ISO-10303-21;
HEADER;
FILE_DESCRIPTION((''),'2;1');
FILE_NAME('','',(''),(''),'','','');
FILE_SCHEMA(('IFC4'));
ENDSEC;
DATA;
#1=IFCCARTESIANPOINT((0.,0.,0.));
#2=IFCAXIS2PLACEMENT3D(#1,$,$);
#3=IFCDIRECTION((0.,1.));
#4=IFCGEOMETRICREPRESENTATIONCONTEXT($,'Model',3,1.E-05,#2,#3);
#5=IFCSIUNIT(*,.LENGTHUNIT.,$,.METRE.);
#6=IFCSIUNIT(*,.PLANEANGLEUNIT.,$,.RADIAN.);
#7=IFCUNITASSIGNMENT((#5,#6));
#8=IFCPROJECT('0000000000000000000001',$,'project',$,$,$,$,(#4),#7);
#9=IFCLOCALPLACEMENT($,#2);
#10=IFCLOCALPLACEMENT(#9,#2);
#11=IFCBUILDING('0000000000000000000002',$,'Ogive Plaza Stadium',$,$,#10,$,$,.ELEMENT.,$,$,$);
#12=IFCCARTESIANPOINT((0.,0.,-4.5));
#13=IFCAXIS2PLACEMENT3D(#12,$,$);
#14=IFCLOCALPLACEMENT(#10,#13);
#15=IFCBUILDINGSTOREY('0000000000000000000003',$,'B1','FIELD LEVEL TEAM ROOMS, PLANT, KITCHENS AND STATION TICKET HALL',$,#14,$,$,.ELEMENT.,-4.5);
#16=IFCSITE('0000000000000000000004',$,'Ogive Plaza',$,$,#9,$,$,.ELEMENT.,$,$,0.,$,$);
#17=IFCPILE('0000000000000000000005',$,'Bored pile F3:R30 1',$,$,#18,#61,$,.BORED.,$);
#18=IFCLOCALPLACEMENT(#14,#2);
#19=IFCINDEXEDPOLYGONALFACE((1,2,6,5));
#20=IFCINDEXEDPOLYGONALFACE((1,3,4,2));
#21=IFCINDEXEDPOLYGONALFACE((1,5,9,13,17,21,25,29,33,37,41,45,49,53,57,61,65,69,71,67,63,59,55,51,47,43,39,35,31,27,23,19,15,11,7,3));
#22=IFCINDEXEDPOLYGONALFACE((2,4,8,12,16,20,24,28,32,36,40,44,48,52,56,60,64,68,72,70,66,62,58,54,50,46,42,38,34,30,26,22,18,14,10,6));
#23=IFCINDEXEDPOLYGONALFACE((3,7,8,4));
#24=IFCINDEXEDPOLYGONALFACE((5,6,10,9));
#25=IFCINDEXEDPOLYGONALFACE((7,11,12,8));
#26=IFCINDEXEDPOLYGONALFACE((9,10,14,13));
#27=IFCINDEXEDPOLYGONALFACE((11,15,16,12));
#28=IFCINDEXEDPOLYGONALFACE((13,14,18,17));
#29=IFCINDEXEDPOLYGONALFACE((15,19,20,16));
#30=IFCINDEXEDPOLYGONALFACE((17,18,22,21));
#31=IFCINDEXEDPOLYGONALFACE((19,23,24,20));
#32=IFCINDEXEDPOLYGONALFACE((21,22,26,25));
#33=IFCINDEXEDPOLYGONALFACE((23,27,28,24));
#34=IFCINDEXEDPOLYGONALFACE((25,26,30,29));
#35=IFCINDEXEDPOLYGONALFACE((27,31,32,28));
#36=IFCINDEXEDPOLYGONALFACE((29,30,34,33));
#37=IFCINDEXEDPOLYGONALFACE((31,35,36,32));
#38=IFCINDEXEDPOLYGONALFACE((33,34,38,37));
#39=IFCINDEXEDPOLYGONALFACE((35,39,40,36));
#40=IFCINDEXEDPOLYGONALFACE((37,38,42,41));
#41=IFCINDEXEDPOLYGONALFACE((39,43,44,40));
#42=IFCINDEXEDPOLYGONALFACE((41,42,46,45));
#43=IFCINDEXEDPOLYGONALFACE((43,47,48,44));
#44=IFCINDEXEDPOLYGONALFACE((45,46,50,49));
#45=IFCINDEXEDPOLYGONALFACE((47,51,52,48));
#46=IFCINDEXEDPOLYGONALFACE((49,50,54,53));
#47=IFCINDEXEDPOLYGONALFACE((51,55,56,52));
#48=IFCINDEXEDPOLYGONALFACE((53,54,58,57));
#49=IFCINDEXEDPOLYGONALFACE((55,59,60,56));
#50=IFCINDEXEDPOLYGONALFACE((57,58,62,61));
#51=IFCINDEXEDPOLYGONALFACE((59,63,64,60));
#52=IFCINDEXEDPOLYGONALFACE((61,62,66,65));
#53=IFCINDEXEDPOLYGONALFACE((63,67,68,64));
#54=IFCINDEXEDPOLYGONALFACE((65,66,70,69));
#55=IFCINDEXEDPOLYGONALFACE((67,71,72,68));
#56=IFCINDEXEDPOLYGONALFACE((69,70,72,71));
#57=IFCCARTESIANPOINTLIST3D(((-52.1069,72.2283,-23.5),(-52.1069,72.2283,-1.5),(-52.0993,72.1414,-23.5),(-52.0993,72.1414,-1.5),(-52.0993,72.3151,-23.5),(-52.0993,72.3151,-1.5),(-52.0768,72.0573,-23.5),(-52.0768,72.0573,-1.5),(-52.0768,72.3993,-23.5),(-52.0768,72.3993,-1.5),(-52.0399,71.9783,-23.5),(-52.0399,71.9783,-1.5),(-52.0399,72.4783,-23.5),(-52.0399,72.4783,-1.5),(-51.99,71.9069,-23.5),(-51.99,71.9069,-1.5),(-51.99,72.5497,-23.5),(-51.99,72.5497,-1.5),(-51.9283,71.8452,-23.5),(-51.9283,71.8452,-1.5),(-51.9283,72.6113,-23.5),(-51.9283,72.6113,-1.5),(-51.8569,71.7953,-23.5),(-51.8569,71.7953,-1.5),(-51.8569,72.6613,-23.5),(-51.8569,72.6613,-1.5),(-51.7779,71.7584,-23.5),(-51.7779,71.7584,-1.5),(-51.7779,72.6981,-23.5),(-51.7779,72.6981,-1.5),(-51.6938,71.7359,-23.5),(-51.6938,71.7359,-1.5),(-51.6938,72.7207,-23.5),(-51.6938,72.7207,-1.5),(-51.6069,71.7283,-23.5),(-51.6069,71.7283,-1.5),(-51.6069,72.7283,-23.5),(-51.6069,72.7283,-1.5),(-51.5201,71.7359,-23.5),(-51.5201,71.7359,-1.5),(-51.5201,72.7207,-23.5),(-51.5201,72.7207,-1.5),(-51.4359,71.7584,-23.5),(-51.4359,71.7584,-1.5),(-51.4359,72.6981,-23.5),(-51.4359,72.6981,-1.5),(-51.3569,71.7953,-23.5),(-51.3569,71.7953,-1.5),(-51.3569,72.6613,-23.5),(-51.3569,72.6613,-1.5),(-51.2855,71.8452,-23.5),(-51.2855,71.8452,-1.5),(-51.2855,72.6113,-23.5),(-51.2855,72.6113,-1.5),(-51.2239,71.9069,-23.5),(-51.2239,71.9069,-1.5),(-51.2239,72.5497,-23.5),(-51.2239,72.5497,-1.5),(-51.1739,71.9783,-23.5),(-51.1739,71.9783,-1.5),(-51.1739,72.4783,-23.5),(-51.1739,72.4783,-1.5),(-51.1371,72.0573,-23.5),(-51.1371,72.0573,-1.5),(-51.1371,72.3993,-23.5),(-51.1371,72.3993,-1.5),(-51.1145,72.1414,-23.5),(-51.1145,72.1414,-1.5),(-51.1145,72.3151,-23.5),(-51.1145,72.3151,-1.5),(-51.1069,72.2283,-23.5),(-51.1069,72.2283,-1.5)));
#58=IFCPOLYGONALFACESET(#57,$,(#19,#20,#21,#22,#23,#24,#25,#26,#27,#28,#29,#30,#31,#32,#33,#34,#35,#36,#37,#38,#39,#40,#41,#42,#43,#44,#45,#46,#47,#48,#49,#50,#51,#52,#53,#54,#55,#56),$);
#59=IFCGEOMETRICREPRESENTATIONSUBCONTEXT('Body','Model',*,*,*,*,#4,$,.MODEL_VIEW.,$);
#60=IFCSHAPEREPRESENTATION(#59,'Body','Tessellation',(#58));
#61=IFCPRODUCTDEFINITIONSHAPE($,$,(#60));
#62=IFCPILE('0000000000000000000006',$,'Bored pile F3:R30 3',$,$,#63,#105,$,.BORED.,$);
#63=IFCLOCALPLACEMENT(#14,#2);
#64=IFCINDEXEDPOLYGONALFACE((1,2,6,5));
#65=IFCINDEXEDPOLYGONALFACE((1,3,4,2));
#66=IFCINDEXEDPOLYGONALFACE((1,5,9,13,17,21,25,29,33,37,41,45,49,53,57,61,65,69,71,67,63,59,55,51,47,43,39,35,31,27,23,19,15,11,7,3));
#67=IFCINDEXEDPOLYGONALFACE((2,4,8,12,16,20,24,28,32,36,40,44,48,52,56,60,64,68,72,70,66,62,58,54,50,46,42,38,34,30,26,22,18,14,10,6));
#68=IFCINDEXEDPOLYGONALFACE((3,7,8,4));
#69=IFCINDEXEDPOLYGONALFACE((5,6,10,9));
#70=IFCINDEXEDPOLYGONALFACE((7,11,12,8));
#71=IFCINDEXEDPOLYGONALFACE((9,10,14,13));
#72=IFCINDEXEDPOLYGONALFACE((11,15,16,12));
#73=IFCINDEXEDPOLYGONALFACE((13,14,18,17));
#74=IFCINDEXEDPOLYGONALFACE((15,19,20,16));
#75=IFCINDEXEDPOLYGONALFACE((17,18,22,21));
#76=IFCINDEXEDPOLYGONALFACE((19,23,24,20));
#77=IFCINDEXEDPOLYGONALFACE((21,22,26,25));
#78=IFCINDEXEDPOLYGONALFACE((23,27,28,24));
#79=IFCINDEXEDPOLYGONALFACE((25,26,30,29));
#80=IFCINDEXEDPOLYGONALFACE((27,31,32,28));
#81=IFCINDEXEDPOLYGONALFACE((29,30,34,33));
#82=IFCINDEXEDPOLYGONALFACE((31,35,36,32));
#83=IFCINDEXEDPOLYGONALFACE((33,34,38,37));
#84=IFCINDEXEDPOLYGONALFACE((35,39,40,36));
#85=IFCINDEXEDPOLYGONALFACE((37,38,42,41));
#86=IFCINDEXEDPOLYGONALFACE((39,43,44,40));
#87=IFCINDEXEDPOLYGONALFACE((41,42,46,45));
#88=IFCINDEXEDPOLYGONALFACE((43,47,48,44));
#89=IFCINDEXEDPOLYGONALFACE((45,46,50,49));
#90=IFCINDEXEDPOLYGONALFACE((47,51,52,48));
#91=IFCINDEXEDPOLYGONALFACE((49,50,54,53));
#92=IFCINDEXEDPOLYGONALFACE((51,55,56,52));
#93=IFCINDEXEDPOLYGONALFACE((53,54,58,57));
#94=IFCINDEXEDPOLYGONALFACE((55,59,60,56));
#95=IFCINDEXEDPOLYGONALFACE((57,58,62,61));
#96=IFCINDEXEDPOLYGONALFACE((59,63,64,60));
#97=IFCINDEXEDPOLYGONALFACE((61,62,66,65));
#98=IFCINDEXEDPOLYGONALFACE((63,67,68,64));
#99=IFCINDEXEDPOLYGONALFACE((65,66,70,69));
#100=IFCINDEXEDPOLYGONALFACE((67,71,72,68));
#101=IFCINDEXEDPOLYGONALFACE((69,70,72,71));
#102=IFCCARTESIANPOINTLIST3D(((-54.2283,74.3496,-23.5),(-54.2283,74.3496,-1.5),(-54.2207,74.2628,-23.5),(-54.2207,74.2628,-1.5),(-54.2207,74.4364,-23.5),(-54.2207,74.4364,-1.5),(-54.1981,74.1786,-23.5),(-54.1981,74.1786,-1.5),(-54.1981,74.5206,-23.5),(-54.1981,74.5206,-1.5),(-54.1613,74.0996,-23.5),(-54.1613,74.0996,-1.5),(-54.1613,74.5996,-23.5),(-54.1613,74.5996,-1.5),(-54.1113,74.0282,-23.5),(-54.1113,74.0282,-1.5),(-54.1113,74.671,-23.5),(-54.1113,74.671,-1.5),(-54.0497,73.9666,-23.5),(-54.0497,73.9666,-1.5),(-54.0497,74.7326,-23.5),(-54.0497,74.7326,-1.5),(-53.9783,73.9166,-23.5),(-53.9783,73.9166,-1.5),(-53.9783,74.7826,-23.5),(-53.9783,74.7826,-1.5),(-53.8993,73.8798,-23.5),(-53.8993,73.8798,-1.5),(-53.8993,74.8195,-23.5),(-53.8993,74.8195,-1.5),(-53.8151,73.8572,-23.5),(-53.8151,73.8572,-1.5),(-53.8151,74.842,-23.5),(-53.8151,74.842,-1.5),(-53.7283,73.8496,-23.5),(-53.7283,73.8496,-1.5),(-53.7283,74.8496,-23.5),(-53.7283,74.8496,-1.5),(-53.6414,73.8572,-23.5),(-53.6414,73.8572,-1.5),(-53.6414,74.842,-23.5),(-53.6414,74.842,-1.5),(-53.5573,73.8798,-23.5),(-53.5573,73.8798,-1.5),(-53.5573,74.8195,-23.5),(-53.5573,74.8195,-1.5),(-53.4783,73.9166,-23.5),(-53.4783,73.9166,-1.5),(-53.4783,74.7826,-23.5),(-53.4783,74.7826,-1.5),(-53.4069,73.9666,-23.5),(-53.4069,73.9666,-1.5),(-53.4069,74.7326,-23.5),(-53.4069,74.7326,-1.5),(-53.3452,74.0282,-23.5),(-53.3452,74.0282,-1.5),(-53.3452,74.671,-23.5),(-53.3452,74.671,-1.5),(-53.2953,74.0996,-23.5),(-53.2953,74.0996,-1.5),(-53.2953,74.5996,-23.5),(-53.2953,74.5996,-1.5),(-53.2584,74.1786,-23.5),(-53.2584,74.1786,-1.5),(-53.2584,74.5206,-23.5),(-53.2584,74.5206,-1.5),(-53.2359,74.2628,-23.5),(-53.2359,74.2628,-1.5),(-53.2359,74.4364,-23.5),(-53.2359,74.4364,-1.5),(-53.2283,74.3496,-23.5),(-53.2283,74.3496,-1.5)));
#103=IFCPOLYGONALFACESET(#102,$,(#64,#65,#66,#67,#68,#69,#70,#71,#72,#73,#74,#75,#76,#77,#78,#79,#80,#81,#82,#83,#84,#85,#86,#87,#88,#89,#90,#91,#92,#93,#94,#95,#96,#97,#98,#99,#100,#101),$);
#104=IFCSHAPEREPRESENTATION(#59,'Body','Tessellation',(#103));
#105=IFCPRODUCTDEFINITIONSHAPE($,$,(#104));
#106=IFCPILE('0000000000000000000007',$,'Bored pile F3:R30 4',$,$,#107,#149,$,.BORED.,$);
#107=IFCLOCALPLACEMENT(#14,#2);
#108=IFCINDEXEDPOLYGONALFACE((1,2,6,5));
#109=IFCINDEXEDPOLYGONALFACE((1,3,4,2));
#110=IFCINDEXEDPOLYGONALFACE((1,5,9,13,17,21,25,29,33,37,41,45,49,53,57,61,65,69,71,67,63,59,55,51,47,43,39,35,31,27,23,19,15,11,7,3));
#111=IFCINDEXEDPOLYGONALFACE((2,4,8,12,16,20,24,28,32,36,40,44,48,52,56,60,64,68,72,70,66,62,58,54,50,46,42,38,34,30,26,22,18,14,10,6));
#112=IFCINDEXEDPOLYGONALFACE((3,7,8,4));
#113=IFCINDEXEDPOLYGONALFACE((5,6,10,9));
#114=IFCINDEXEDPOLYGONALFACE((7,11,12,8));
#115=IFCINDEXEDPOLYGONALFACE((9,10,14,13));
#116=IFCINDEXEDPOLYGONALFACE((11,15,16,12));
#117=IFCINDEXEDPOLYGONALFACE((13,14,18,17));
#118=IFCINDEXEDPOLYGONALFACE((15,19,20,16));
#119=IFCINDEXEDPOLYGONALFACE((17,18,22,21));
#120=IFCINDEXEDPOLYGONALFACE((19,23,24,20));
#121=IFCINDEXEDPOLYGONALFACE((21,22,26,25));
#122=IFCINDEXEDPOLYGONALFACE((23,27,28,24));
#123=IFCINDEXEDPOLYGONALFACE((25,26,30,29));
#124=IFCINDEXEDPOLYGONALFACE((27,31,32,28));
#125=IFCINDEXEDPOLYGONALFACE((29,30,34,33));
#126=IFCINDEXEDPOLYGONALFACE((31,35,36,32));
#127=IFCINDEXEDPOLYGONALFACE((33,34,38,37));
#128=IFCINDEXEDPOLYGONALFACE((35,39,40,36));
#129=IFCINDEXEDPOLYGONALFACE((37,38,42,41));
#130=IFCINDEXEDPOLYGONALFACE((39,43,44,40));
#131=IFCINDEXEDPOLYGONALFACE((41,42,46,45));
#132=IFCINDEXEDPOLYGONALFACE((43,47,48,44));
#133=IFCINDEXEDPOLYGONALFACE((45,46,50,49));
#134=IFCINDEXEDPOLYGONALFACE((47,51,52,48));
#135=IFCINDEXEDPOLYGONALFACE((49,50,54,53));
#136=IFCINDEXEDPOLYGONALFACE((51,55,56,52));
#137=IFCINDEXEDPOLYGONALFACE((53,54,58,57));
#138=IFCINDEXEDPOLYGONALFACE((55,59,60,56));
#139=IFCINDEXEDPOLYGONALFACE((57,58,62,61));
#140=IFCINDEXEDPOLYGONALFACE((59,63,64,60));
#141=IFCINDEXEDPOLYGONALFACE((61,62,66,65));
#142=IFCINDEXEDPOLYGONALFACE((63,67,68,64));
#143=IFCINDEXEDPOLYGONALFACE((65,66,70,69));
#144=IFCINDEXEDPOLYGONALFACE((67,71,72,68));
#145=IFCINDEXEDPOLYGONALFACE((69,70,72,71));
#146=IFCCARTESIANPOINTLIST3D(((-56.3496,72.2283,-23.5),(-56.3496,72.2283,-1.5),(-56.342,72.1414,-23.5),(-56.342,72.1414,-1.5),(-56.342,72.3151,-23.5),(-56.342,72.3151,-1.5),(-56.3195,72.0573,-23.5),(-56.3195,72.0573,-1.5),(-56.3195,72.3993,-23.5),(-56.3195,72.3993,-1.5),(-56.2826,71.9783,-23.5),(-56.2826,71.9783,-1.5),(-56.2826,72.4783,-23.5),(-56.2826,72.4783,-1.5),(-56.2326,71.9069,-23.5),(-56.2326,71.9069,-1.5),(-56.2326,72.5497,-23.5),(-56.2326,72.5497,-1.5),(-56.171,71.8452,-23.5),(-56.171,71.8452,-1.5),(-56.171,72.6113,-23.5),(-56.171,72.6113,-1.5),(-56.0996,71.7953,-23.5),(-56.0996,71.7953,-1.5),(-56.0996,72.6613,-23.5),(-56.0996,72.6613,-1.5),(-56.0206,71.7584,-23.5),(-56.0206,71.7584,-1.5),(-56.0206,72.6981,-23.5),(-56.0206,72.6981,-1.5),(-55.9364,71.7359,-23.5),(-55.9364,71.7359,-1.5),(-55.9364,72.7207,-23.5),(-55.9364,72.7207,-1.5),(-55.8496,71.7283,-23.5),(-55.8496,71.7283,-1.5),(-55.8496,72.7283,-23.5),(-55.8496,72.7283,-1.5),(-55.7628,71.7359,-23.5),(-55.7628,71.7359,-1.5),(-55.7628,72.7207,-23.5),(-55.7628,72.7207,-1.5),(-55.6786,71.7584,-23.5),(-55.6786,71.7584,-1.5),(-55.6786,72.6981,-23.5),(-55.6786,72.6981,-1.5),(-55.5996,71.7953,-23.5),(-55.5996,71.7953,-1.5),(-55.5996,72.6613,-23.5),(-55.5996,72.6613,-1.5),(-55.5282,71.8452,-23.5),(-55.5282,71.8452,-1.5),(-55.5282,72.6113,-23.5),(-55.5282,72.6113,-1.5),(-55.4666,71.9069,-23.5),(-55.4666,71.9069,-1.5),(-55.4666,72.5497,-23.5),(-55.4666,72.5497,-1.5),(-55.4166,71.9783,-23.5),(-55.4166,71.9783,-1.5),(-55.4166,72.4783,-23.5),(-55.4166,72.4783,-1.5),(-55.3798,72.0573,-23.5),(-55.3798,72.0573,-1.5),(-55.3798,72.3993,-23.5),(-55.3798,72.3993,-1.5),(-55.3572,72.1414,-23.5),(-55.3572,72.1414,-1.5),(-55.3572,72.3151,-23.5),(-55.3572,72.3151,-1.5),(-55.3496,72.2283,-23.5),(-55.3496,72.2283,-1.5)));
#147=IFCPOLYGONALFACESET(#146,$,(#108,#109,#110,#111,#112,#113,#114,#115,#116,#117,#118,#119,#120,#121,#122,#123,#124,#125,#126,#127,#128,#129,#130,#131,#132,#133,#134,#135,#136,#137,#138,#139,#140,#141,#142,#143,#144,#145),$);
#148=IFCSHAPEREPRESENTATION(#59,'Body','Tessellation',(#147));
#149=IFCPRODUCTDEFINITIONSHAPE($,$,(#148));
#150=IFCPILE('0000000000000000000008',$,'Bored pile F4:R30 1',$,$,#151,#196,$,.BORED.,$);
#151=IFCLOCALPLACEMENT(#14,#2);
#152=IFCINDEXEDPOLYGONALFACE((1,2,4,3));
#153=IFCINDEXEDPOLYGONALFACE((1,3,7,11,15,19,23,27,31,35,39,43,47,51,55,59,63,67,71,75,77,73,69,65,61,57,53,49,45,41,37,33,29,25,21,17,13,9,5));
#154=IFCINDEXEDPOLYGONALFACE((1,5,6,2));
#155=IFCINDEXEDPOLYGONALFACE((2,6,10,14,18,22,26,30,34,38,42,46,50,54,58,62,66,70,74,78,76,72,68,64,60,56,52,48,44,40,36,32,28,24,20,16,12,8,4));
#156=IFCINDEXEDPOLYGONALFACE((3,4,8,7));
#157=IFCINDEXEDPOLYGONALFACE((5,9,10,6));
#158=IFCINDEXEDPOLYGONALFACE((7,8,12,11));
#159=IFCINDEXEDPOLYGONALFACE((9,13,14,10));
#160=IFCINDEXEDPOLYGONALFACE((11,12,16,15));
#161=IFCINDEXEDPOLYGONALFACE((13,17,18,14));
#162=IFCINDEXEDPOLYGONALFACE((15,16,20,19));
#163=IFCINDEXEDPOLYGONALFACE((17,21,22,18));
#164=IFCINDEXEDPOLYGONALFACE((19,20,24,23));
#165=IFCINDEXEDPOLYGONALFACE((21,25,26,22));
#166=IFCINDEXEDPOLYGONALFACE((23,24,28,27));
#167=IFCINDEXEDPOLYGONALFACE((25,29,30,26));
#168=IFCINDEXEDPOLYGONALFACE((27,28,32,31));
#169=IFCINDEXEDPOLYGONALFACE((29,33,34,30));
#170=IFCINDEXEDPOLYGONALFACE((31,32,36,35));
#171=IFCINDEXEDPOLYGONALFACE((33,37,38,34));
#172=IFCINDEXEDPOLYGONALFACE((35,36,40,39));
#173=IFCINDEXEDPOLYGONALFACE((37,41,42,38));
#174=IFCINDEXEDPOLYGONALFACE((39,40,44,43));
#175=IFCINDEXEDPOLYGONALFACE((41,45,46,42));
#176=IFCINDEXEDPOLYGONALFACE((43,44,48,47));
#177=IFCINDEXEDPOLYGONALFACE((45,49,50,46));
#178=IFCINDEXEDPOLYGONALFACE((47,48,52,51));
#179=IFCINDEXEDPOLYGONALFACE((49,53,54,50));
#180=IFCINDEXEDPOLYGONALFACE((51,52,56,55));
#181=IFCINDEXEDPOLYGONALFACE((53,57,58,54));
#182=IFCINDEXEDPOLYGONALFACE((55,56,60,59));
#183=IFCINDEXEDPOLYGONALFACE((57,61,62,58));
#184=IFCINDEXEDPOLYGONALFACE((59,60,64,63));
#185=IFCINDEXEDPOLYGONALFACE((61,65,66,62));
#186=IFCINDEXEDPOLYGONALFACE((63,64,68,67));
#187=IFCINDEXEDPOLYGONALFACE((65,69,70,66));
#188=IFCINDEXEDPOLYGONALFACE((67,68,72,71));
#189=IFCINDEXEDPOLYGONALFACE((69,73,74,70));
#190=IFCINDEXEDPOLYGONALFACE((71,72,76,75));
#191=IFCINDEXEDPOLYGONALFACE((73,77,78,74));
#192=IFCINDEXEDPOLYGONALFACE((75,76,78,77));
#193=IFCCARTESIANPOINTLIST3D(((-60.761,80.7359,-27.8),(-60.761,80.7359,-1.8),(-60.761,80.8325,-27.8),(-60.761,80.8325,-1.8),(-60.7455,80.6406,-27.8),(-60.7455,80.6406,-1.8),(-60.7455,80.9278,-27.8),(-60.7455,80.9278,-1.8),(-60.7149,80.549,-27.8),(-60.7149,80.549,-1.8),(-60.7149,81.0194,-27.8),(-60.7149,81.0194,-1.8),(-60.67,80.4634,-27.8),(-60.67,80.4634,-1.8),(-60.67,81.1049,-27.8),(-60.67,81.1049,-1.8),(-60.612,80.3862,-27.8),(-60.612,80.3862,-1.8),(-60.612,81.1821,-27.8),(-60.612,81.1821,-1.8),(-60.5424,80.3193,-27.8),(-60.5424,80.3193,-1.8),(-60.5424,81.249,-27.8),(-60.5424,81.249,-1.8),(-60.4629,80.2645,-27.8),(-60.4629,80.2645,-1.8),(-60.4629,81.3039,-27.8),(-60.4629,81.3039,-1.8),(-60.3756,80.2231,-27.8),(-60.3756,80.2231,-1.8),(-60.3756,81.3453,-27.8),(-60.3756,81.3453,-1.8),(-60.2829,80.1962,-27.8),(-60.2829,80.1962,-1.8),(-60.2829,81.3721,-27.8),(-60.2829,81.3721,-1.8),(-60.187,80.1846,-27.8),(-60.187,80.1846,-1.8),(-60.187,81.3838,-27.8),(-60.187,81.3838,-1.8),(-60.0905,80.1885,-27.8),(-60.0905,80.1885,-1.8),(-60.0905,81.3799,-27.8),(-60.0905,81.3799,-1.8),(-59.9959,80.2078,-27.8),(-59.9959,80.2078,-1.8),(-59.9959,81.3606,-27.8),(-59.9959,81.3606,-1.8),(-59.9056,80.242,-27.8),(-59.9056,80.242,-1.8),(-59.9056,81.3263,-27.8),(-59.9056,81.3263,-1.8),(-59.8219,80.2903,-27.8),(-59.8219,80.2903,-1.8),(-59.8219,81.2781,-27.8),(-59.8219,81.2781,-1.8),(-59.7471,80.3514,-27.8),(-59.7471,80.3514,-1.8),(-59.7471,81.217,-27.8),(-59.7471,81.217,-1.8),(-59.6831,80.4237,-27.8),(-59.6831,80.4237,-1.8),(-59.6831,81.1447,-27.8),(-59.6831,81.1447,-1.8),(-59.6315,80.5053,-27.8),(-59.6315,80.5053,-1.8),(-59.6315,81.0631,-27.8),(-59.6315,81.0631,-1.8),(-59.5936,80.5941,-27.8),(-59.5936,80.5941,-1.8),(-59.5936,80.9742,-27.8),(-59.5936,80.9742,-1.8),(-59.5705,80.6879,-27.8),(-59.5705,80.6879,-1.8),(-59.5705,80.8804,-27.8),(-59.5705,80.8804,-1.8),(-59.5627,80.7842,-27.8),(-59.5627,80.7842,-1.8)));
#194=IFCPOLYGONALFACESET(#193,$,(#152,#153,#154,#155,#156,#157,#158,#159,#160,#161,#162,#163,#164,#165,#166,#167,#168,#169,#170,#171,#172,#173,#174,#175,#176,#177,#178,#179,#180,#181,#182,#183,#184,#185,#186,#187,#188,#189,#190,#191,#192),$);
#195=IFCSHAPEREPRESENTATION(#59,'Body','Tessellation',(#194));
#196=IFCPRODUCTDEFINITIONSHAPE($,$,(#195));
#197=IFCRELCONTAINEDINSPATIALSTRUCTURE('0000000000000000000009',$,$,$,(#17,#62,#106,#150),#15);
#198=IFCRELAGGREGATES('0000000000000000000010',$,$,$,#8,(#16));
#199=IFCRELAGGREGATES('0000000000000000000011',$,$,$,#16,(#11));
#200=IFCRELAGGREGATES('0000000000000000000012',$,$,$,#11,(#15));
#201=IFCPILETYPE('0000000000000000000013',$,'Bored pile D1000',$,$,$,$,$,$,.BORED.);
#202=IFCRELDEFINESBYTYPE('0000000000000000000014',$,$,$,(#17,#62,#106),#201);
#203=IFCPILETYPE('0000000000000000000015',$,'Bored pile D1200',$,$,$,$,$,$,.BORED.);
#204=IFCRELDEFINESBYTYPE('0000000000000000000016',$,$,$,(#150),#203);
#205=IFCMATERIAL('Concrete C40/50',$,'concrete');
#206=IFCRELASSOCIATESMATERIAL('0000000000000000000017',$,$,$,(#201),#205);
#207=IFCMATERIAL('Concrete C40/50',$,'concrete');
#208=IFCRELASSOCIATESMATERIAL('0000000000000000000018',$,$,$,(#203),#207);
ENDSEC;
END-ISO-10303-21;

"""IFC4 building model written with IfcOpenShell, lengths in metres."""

from ifc_helpers import new_model, si_unit, direction, frame, origin, origin_2d, place, context, subcontext, project, spatial, circle, extrude, material, material_profile, profile_set, type_object, element, save


model = new_model("IFC4")

# Units and contexts
model_context = context("Model", 3, precision=1e-05, world=origin(), true_north=direction((0.0, 1.0)))
body_context = subcontext(model_context, "Body", "Model", "MODEL_VIEW")
ifc_project = project(units=[si_unit("LENGTHUNIT", "METRE"), si_unit("PLANEANGLEUNIT", "RADIAN")], contexts=[model_context])

# Site, building, storey
site_placement = place(None, origin())
site = spatial("IfcSite", under=ifc_project, at=site_placement, Name="Ogive Plaza", CompositionType="ELEMENT", RefElevation=0.0)
building_placement = place(site_placement, origin())
building = spatial("IfcBuilding", under=site, at=building_placement, Name="Ogive Plaza Stadium", CompositionType="ELEMENT")
storey_placement = place(building_placement, frame((0.0, 0.0, -4.5)))
storey = spatial("IfcBuildingStorey", under=building, at=storey_placement, Name="B1", Description="FIELD LEVEL TEAM ROOMS, PLANT, KITCHENS AND STATION TICKET HALL", CompositionType="ELEMENT", Elevation=-4.5)

# Piles
ifc_material_1 = material(Name="Concrete C40/50", Category="concrete")
ifc_material_profile_1 = material_profile(ifc_material_1, circle(Radius=0.5, at=origin_2d()), Name="RC D1000")
ifc_profile_set_1 = profile_set([ifc_material_profile_1], Name="Concrete C40/50")
pile_type_1 = type_object("IfcPileType", Name="Bored pile D1000", PredefinedType="BORED", material=ifc_profile_set_1)
for number, where, z_axis, x_axis, name in (
    (1, (-51.6069, 72.2283, -1.5), (0.0, 0.0, -1.0), (1.0, 0.0, 0.0), "Bored pile F3:R30 1"),
    (2, (-53.7283, 74.3496, -1.5), (0.0, 0.0, -1.0), (1.0, 0.0, 0.0), "Bored pile F3:R30 3"),
    (3, (-55.8496, 72.2283, -1.5), (0.0, 0.0, -1.0), (1.0, 0.0, 0.0), "Bored pile F3:R30 4"),
):
    element("IfcPile", number, at=place(storey_placement, frame(where, z_axis=z_axis, x_axis=x_axis)), inside=storey, type_object=pile_type_1, Name=name, PredefinedType="BORED", context=body_context, shape_type="SweptSolid", body=[
        extrude(circle(Radius=0.5, at=origin_2d()), origin(), (0.0, 0.0, 1.0), 22.0),
    ])
ifc_material_2 = material(Name="Concrete C40/50", Category="concrete")
ifc_material_profile_2 = material_profile(ifc_material_2, circle(Radius=0.6001, at=origin_2d()), Name="RC D1200")
ifc_profile_set_2 = profile_set([ifc_material_profile_2], Name="Concrete C40/50")
pile_type_2 = type_object("IfcPileType", Name="Bored pile D1200", PredefinedType="BORED", material=ifc_profile_set_2)
pile_placement = place(storey_placement, frame((-60.1628, 80.7842, -1.8), z_axis=(0.0, 0.0, -1.0), x_axis=(1.0, 0.0, 0.0)))
element("IfcPile", 4, at=pile_placement, inside=storey, type_object=pile_type_2, Name="Bored pile F4:R30 1", PredefinedType="BORED", context=body_context, shape_type="SweptSolid", body=[
    extrude(circle(Radius=0.6001, at=origin_2d()), origin(), (0.0, 0.0, 1.0), 26.0),
])

save(model, "model.ifc")
